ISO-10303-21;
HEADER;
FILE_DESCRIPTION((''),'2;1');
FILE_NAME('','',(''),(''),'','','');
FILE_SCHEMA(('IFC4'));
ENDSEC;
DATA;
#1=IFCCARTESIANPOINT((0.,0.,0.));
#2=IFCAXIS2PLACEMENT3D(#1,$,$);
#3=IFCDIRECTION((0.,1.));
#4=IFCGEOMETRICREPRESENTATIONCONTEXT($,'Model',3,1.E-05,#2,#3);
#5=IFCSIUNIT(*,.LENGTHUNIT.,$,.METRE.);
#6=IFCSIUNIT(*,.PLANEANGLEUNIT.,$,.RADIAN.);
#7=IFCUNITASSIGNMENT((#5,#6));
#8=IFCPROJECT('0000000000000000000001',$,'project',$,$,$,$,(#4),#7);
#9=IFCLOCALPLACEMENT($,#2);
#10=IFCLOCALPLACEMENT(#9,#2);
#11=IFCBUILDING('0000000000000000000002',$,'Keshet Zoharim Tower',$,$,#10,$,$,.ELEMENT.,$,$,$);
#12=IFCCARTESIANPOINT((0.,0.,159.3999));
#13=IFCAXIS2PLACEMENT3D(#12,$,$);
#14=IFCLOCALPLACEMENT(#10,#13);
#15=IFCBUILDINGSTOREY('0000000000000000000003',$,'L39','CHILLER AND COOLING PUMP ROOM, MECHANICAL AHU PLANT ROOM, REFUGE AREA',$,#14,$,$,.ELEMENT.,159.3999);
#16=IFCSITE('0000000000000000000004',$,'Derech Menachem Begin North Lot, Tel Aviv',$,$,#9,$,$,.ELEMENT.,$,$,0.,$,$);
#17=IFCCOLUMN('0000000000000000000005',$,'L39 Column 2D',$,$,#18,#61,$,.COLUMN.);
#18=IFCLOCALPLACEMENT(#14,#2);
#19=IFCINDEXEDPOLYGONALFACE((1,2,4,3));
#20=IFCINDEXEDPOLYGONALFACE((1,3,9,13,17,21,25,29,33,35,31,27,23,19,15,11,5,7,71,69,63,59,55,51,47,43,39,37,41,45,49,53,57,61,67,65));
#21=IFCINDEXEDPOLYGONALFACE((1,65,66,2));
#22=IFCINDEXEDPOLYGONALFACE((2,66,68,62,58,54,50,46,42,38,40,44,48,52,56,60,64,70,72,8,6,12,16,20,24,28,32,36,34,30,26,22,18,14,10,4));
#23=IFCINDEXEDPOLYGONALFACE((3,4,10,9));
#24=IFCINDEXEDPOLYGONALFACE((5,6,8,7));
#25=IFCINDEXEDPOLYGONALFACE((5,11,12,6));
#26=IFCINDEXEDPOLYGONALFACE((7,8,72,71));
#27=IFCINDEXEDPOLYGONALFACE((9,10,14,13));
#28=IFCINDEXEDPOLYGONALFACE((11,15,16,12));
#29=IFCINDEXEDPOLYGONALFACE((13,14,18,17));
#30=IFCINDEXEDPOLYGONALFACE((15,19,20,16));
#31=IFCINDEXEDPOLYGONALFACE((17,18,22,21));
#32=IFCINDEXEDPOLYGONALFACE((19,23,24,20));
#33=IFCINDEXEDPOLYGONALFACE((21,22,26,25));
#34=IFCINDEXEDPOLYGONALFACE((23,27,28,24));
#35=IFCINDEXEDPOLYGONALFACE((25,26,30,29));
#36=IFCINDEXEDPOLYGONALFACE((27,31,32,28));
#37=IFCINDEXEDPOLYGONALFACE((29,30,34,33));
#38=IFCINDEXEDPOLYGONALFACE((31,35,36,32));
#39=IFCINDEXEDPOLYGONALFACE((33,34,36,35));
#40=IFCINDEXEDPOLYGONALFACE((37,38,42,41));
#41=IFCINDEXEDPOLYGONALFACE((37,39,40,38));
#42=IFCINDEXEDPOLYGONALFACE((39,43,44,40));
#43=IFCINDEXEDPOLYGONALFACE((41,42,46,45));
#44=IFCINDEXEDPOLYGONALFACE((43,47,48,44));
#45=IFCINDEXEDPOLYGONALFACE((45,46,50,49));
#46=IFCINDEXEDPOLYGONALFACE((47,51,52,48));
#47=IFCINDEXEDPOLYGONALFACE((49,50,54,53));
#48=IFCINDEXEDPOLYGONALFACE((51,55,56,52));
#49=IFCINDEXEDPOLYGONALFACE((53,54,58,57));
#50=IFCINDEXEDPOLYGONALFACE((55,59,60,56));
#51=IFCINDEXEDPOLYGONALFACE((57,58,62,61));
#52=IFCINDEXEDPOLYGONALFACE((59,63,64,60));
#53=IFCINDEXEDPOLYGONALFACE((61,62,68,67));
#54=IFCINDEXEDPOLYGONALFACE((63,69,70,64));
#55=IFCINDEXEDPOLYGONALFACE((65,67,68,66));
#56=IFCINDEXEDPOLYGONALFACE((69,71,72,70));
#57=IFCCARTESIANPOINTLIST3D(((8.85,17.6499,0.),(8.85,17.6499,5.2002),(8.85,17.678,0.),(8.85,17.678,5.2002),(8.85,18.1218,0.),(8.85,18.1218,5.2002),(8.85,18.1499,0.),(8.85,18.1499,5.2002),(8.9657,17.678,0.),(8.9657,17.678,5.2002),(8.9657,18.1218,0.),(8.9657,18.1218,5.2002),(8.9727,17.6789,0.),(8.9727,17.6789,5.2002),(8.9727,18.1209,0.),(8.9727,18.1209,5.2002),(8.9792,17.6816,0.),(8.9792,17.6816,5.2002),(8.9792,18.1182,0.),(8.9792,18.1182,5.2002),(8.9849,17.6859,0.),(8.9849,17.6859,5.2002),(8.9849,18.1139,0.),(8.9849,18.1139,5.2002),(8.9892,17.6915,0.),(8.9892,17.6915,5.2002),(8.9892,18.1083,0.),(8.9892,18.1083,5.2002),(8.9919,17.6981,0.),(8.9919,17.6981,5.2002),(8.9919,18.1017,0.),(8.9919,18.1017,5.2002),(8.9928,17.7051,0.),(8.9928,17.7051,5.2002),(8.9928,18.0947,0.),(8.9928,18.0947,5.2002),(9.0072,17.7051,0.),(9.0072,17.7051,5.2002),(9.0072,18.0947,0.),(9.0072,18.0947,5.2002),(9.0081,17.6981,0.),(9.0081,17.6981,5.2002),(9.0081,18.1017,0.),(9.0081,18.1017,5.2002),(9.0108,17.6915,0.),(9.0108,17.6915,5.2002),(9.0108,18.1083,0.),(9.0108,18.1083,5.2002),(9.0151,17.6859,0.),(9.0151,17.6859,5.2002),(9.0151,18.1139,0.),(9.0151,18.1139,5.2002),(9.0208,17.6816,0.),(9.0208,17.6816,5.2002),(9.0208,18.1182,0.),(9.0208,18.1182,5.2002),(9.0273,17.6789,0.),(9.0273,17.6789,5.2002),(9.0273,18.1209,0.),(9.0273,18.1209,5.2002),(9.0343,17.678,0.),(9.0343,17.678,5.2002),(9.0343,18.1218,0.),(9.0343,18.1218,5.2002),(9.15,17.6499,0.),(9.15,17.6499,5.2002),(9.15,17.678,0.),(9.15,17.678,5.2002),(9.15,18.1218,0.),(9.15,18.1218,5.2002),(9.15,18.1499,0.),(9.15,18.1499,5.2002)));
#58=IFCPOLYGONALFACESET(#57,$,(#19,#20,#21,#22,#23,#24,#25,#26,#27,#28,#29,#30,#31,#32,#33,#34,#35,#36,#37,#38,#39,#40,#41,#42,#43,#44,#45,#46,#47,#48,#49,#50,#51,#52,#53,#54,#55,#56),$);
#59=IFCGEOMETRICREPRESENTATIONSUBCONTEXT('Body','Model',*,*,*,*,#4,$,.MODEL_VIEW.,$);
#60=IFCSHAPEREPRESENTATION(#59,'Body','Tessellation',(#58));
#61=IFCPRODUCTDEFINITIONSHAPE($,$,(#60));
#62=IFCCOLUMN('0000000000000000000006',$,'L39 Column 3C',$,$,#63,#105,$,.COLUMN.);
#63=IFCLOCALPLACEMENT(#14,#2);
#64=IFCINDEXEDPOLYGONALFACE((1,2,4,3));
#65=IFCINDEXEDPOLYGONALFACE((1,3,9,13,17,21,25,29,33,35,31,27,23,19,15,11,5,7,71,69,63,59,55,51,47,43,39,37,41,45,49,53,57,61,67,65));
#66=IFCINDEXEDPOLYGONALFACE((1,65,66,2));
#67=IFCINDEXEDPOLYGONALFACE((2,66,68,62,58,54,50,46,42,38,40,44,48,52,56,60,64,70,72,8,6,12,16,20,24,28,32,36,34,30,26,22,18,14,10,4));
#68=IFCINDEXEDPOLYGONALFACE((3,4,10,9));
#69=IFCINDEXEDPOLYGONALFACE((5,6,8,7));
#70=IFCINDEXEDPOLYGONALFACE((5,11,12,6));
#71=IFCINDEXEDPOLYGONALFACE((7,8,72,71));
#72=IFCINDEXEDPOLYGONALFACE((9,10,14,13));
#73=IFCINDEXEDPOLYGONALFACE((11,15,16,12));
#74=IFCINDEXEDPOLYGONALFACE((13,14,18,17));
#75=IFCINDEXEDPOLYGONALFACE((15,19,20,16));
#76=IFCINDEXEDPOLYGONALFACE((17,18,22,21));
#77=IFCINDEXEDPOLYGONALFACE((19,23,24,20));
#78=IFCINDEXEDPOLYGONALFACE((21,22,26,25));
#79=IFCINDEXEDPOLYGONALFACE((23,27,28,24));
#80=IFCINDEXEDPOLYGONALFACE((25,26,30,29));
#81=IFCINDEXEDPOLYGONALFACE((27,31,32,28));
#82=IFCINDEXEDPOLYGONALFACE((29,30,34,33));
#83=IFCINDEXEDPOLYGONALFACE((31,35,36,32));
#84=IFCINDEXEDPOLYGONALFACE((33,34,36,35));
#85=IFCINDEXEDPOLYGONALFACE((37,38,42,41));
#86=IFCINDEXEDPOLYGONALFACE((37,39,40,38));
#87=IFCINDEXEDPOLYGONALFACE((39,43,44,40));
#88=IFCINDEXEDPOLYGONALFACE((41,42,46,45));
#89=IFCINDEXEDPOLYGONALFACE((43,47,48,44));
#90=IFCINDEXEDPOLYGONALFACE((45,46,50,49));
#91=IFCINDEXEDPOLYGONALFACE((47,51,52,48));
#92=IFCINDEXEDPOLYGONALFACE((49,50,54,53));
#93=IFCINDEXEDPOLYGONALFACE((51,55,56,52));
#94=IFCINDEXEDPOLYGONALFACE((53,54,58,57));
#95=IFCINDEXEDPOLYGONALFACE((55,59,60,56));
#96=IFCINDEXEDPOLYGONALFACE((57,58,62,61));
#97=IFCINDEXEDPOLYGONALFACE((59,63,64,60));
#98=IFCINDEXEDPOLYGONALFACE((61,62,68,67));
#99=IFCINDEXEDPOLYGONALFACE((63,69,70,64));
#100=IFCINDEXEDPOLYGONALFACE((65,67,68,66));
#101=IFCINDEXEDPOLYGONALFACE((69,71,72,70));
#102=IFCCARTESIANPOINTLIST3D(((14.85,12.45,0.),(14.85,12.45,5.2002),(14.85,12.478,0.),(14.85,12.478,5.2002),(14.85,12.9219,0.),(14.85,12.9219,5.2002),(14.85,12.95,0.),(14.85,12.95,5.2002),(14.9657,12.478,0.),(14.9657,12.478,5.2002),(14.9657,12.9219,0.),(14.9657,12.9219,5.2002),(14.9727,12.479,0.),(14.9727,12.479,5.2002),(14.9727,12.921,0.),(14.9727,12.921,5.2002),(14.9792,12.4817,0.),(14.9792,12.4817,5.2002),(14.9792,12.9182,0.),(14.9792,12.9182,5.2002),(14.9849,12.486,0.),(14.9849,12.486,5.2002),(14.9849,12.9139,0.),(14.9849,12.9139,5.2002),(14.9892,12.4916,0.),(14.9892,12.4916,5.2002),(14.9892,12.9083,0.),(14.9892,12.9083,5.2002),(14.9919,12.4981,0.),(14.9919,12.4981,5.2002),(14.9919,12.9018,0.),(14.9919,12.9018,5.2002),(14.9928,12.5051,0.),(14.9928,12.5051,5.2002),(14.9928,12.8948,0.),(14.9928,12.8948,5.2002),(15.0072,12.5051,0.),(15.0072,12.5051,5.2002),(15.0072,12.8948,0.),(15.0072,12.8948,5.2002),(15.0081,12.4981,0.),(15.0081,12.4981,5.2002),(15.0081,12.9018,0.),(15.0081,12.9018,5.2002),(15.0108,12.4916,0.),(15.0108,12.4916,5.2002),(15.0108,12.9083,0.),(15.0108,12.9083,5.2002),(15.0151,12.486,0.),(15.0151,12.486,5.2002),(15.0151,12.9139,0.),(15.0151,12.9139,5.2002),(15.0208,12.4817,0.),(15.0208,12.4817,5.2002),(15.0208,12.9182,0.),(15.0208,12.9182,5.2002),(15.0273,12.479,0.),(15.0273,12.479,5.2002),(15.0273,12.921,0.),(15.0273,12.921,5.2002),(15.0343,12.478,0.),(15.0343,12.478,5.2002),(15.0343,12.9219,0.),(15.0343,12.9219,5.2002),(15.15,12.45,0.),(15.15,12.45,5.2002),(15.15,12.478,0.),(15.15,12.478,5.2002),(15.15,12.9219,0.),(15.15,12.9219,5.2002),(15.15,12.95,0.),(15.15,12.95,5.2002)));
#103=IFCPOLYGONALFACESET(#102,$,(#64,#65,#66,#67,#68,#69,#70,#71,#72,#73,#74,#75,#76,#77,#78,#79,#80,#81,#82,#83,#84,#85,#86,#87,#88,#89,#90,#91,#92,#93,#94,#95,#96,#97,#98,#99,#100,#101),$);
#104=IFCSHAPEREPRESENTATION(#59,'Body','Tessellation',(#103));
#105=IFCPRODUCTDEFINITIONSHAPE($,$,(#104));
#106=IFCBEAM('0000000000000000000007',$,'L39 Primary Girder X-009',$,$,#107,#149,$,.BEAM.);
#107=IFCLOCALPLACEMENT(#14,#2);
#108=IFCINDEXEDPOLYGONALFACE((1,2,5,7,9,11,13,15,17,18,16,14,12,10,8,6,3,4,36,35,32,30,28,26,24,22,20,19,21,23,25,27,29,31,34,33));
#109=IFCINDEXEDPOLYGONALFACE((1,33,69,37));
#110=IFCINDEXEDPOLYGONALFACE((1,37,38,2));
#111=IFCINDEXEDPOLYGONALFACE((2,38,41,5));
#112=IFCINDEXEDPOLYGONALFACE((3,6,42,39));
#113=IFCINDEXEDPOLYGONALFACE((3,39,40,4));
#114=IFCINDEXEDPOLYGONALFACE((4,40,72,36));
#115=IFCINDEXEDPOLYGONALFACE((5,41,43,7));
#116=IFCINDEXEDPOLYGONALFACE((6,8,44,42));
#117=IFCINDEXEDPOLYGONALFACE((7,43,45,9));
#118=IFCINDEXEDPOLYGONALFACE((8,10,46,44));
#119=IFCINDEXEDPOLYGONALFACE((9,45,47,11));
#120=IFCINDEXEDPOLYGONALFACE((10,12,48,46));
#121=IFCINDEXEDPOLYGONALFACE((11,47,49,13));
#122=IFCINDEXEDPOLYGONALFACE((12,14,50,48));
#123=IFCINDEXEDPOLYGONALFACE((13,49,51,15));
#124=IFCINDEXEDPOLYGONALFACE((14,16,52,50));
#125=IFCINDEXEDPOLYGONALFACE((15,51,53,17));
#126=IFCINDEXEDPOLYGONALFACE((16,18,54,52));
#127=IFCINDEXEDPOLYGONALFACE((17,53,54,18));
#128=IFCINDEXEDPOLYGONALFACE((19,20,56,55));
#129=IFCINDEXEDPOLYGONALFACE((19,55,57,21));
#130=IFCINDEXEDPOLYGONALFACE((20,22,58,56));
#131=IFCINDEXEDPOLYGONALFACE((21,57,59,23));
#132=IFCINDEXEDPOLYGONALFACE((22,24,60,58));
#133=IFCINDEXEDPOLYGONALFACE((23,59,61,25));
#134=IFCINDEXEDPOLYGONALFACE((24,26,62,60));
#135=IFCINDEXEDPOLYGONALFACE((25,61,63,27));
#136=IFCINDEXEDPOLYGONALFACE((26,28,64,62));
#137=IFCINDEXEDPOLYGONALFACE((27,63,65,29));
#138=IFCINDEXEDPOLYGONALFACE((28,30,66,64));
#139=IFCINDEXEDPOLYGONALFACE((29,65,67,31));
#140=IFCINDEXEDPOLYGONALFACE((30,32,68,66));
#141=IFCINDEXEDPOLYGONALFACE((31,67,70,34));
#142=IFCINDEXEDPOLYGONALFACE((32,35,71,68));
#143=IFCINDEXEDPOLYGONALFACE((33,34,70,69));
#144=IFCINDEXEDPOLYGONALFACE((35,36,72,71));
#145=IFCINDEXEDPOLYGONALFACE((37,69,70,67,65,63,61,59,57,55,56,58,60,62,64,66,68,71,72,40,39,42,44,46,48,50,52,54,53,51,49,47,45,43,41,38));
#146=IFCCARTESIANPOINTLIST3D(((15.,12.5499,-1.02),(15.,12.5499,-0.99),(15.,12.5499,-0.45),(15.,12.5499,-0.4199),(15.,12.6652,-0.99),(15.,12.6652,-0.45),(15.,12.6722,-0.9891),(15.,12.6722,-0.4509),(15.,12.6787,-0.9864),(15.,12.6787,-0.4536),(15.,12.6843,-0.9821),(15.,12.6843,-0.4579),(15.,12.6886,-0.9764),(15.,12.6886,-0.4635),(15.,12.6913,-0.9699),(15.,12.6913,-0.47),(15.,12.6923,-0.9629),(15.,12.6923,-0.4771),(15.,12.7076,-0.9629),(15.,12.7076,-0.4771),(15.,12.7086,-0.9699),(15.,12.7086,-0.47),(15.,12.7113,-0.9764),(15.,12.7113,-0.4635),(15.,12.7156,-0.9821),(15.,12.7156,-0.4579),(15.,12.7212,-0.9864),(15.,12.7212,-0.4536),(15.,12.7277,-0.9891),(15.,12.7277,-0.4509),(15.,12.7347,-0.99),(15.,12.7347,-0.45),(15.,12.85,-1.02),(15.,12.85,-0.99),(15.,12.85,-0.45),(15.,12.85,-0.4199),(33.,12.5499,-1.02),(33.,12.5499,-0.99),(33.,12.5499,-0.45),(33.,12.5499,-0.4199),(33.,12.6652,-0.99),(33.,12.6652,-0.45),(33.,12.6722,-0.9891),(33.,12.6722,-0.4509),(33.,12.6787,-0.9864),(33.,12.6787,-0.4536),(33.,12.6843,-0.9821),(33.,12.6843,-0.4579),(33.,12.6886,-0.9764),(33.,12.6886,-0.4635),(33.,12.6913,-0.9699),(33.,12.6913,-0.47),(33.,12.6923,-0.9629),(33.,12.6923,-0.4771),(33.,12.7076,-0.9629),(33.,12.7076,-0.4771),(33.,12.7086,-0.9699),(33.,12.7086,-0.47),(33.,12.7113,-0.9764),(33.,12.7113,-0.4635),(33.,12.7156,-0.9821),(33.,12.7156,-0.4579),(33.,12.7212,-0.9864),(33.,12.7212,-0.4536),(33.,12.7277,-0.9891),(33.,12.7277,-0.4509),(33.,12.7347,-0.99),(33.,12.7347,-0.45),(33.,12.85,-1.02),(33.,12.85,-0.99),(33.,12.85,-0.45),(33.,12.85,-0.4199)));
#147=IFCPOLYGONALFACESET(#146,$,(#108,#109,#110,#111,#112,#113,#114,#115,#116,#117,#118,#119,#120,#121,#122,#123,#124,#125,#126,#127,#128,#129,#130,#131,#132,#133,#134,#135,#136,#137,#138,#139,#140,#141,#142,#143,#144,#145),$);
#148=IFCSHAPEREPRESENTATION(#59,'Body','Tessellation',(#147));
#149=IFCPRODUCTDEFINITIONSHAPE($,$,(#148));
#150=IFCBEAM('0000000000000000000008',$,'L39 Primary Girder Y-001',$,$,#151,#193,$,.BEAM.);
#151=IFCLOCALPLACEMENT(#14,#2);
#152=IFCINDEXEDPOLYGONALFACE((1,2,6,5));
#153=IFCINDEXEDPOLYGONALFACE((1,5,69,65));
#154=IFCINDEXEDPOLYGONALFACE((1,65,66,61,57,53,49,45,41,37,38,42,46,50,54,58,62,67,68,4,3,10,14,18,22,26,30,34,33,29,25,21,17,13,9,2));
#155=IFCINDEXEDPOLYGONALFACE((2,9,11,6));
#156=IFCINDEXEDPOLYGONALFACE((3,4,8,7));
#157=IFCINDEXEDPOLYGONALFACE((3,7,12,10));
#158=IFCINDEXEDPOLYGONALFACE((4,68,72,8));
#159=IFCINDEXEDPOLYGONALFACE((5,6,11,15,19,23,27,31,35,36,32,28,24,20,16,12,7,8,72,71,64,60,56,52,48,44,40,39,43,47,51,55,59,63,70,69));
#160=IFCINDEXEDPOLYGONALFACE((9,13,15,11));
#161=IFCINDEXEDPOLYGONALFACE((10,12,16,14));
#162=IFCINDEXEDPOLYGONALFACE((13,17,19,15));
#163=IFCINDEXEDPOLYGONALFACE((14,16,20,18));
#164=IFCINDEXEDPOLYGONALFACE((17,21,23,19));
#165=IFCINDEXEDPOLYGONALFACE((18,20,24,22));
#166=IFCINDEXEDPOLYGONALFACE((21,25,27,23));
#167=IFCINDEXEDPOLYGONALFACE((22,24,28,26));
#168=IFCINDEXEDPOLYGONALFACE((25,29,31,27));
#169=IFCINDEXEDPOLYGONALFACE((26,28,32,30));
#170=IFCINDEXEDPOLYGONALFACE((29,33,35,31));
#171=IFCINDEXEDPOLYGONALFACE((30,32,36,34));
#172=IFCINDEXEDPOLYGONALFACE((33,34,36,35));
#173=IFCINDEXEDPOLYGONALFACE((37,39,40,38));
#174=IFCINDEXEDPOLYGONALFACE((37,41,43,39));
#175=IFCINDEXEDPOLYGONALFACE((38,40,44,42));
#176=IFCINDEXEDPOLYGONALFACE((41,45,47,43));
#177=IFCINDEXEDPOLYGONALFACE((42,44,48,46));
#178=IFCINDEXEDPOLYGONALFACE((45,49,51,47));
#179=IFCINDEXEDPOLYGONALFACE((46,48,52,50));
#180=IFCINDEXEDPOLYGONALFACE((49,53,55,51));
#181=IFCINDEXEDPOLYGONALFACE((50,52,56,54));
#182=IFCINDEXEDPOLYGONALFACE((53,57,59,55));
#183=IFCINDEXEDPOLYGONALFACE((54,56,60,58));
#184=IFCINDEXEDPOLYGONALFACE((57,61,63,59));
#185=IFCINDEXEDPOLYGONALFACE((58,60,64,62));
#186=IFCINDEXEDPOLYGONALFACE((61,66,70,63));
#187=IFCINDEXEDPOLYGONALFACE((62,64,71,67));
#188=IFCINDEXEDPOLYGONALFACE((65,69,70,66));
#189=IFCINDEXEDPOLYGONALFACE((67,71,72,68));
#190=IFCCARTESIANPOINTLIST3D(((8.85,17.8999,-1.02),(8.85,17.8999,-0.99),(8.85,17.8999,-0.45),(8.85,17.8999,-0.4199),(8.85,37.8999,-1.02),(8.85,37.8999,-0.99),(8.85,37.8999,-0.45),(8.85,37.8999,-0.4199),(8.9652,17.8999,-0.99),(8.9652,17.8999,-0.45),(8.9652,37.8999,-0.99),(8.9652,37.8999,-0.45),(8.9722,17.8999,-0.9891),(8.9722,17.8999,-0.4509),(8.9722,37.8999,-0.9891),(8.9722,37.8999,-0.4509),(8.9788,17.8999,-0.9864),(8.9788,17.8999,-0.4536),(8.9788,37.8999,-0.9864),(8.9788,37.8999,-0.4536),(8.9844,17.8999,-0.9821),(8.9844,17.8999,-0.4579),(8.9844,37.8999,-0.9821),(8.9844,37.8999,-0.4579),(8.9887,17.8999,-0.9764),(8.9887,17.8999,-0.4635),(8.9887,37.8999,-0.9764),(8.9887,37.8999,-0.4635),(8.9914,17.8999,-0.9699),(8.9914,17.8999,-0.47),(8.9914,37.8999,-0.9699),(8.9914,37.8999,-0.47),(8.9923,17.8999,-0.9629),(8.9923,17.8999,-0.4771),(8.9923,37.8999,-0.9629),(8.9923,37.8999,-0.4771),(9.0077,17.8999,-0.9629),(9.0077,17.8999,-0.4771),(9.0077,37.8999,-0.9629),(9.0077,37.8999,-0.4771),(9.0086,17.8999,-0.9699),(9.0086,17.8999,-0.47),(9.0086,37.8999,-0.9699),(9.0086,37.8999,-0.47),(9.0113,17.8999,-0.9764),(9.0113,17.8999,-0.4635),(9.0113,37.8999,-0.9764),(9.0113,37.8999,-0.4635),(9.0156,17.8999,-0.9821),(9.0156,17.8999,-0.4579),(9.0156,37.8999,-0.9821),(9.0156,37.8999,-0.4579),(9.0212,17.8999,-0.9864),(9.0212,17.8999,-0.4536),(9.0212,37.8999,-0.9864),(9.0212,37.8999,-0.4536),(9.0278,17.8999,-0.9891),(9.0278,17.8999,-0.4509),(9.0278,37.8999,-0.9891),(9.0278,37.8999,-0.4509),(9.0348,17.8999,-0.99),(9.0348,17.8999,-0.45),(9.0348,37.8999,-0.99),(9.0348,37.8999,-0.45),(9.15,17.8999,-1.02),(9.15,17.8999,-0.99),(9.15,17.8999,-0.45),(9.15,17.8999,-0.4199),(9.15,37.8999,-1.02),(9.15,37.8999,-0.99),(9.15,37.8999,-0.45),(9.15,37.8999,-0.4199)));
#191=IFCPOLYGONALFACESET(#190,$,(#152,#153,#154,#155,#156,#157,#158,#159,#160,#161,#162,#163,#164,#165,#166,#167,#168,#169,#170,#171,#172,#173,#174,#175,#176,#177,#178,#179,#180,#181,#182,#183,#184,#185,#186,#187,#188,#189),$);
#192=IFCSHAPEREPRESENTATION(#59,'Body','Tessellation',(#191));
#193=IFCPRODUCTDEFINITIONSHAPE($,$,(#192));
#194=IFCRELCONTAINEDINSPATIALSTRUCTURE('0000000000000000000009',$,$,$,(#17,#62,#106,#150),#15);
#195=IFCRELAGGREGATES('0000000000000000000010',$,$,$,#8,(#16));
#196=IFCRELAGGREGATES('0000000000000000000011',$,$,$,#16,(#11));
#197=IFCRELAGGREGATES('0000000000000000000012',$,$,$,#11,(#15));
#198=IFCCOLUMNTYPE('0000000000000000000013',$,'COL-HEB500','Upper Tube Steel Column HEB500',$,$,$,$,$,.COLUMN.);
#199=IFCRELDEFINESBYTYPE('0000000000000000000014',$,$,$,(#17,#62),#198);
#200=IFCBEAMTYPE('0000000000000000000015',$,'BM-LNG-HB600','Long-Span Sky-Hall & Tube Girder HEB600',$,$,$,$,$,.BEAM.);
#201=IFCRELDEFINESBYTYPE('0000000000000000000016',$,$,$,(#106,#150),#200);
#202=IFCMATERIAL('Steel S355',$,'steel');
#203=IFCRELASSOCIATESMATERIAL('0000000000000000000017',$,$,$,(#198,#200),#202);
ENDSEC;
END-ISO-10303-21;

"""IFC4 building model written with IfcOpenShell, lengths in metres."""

from ifc_helpers import new_model, si_unit, direction, frame, origin, origin_2d, place, context, subcontext, project, spatial, i_section, extrude, material, material_profile, profile_set, type_object, element, save


model = new_model("IFC4")

# Units and contexts
model_context = context("Model", 3, precision=1e-05, world=origin(), true_north=direction((0.0, 1.0)))
body_context = subcontext(model_context, "Body", "Model", "MODEL_VIEW")
ifc_project = project(units=[si_unit("LENGTHUNIT", "METRE"), si_unit("PLANEANGLEUNIT", "RADIAN")], contexts=[model_context])

# Site, building, storey
site_placement = place(None, origin())
site = spatial("IfcSite", under=ifc_project, at=site_placement, Name="Derech Menachem Begin North Lot, Tel Aviv", CompositionType="ELEMENT", RefElevation=0.0)
building_placement = place(site_placement, origin())
building = spatial("IfcBuilding", under=site, at=building_placement, Name="Keshet Zoharim Tower", CompositionType="ELEMENT")
storey_placement = place(building_placement, frame((0.0, 0.0, 159.3999)))
storey = spatial("IfcBuildingStorey", under=building, at=storey_placement, Name="L39", Description="CHILLER AND COOLING PUMP ROOM, MECHANICAL AHU PLANT ROOM, REFUGE AREA", CompositionType="ELEMENT", Elevation=159.3999)

# Columns
ifc_material_1 = material(Name="Steel S355", Category="steel")
ifc_material_profile_1 = material_profile(ifc_material_1, i_section(OverallWidth=0.3, OverallDepth=0.5, WebThickness=0.0144, FlangeThickness=0.0281, FilletRadius=0.0271, at=origin_2d()), Name="HEB500")
ifc_profile_set_1 = profile_set([ifc_material_profile_1], Name="Steel S355")
column_type = type_object("IfcColumnType", Name="COL-HEB500", Description="Upper Tube Steel Column HEB500", PredefinedType="COLUMN", material=ifc_profile_set_1)
for number, where, z_axis, x_axis, name in (
    (1, (9.0, 17.8999, 0.0), (0.0, 0.0, 1.0), (1.0, 0.0, 0.0), "L39 Column 2D"),
    (2, (15.0, 12.7, 0.0), (0.0, 0.0, 1.0), (1.0, 0.0, 0.0), "L39 Column 3C"),
):
    element("IfcColumn", number, at=place(storey_placement, frame(where, z_axis=z_axis, x_axis=x_axis)), inside=storey, type_object=column_type, Name=name, PredefinedType="COLUMN", context=body_context, shape_type="SweptSolid", body=[
        extrude(i_section(OverallWidth=0.3, OverallDepth=0.5, WebThickness=0.0144, FlangeThickness=0.0281, FilletRadius=0.0271, at=origin_2d()), origin(), (0.0, 0.0, 1.0), 5.2002),
    ])

# Beams
ifc_material_profile_2 = material_profile(ifc_material_1, i_section(OverallWidth=0.3, OverallDepth=0.6001, WebThickness=0.0154, FlangeThickness=0.03, FilletRadius=0.0271, at=origin_2d()), Name="HEB600")
ifc_profile_set_2 = profile_set([ifc_material_profile_2], Name="Steel S355")
beam_type_1 = type_object("IfcBeamType", Name="BM-LNG-HB600", Description="Long-Span Sky-Hall & Tube Girder HEB600", PredefinedType="BEAM", material=ifc_profile_set_2)
beam_1_placement = place(storey_placement, frame((15.0, 12.7, -0.72), z_axis=(1.0, 0.0, 0.0), x_axis=(0.0, 1.0, 0.0)))
element("IfcBeam", 3, at=beam_1_placement, inside=storey, type_object=beam_type_1, Name="L39 Primary Girder X-009", PredefinedType="BEAM", context=body_context, shape_type="SweptSolid", body=[
    extrude(i_section(OverallWidth=0.3, OverallDepth=0.6001, WebThickness=0.0154, FlangeThickness=0.03, FilletRadius=0.0271, at=origin_2d()), origin(), (0.0, 0.0, 1.0), 18.0),
])
beam_2_placement = place(storey_placement, frame((9.0, 17.8999, -0.72), z_axis=(0.0, 1.0, 0.0), x_axis=(-1.0, 0.0, 0.0)))
element("IfcBeam", 4, at=beam_2_placement, inside=storey, type_object=beam_type_1, Name="L39 Primary Girder Y-001", PredefinedType="BEAM", context=body_context, shape_type="SweptSolid", body=[
    extrude(i_section(OverallWidth=0.3, OverallDepth=0.6001, WebThickness=0.0154, FlangeThickness=0.03, FilletRadius=0.0271, at=origin_2d()), origin(), (0.0, 0.0, 1.0), 20.0),
])

save(model, "model.ifc")
